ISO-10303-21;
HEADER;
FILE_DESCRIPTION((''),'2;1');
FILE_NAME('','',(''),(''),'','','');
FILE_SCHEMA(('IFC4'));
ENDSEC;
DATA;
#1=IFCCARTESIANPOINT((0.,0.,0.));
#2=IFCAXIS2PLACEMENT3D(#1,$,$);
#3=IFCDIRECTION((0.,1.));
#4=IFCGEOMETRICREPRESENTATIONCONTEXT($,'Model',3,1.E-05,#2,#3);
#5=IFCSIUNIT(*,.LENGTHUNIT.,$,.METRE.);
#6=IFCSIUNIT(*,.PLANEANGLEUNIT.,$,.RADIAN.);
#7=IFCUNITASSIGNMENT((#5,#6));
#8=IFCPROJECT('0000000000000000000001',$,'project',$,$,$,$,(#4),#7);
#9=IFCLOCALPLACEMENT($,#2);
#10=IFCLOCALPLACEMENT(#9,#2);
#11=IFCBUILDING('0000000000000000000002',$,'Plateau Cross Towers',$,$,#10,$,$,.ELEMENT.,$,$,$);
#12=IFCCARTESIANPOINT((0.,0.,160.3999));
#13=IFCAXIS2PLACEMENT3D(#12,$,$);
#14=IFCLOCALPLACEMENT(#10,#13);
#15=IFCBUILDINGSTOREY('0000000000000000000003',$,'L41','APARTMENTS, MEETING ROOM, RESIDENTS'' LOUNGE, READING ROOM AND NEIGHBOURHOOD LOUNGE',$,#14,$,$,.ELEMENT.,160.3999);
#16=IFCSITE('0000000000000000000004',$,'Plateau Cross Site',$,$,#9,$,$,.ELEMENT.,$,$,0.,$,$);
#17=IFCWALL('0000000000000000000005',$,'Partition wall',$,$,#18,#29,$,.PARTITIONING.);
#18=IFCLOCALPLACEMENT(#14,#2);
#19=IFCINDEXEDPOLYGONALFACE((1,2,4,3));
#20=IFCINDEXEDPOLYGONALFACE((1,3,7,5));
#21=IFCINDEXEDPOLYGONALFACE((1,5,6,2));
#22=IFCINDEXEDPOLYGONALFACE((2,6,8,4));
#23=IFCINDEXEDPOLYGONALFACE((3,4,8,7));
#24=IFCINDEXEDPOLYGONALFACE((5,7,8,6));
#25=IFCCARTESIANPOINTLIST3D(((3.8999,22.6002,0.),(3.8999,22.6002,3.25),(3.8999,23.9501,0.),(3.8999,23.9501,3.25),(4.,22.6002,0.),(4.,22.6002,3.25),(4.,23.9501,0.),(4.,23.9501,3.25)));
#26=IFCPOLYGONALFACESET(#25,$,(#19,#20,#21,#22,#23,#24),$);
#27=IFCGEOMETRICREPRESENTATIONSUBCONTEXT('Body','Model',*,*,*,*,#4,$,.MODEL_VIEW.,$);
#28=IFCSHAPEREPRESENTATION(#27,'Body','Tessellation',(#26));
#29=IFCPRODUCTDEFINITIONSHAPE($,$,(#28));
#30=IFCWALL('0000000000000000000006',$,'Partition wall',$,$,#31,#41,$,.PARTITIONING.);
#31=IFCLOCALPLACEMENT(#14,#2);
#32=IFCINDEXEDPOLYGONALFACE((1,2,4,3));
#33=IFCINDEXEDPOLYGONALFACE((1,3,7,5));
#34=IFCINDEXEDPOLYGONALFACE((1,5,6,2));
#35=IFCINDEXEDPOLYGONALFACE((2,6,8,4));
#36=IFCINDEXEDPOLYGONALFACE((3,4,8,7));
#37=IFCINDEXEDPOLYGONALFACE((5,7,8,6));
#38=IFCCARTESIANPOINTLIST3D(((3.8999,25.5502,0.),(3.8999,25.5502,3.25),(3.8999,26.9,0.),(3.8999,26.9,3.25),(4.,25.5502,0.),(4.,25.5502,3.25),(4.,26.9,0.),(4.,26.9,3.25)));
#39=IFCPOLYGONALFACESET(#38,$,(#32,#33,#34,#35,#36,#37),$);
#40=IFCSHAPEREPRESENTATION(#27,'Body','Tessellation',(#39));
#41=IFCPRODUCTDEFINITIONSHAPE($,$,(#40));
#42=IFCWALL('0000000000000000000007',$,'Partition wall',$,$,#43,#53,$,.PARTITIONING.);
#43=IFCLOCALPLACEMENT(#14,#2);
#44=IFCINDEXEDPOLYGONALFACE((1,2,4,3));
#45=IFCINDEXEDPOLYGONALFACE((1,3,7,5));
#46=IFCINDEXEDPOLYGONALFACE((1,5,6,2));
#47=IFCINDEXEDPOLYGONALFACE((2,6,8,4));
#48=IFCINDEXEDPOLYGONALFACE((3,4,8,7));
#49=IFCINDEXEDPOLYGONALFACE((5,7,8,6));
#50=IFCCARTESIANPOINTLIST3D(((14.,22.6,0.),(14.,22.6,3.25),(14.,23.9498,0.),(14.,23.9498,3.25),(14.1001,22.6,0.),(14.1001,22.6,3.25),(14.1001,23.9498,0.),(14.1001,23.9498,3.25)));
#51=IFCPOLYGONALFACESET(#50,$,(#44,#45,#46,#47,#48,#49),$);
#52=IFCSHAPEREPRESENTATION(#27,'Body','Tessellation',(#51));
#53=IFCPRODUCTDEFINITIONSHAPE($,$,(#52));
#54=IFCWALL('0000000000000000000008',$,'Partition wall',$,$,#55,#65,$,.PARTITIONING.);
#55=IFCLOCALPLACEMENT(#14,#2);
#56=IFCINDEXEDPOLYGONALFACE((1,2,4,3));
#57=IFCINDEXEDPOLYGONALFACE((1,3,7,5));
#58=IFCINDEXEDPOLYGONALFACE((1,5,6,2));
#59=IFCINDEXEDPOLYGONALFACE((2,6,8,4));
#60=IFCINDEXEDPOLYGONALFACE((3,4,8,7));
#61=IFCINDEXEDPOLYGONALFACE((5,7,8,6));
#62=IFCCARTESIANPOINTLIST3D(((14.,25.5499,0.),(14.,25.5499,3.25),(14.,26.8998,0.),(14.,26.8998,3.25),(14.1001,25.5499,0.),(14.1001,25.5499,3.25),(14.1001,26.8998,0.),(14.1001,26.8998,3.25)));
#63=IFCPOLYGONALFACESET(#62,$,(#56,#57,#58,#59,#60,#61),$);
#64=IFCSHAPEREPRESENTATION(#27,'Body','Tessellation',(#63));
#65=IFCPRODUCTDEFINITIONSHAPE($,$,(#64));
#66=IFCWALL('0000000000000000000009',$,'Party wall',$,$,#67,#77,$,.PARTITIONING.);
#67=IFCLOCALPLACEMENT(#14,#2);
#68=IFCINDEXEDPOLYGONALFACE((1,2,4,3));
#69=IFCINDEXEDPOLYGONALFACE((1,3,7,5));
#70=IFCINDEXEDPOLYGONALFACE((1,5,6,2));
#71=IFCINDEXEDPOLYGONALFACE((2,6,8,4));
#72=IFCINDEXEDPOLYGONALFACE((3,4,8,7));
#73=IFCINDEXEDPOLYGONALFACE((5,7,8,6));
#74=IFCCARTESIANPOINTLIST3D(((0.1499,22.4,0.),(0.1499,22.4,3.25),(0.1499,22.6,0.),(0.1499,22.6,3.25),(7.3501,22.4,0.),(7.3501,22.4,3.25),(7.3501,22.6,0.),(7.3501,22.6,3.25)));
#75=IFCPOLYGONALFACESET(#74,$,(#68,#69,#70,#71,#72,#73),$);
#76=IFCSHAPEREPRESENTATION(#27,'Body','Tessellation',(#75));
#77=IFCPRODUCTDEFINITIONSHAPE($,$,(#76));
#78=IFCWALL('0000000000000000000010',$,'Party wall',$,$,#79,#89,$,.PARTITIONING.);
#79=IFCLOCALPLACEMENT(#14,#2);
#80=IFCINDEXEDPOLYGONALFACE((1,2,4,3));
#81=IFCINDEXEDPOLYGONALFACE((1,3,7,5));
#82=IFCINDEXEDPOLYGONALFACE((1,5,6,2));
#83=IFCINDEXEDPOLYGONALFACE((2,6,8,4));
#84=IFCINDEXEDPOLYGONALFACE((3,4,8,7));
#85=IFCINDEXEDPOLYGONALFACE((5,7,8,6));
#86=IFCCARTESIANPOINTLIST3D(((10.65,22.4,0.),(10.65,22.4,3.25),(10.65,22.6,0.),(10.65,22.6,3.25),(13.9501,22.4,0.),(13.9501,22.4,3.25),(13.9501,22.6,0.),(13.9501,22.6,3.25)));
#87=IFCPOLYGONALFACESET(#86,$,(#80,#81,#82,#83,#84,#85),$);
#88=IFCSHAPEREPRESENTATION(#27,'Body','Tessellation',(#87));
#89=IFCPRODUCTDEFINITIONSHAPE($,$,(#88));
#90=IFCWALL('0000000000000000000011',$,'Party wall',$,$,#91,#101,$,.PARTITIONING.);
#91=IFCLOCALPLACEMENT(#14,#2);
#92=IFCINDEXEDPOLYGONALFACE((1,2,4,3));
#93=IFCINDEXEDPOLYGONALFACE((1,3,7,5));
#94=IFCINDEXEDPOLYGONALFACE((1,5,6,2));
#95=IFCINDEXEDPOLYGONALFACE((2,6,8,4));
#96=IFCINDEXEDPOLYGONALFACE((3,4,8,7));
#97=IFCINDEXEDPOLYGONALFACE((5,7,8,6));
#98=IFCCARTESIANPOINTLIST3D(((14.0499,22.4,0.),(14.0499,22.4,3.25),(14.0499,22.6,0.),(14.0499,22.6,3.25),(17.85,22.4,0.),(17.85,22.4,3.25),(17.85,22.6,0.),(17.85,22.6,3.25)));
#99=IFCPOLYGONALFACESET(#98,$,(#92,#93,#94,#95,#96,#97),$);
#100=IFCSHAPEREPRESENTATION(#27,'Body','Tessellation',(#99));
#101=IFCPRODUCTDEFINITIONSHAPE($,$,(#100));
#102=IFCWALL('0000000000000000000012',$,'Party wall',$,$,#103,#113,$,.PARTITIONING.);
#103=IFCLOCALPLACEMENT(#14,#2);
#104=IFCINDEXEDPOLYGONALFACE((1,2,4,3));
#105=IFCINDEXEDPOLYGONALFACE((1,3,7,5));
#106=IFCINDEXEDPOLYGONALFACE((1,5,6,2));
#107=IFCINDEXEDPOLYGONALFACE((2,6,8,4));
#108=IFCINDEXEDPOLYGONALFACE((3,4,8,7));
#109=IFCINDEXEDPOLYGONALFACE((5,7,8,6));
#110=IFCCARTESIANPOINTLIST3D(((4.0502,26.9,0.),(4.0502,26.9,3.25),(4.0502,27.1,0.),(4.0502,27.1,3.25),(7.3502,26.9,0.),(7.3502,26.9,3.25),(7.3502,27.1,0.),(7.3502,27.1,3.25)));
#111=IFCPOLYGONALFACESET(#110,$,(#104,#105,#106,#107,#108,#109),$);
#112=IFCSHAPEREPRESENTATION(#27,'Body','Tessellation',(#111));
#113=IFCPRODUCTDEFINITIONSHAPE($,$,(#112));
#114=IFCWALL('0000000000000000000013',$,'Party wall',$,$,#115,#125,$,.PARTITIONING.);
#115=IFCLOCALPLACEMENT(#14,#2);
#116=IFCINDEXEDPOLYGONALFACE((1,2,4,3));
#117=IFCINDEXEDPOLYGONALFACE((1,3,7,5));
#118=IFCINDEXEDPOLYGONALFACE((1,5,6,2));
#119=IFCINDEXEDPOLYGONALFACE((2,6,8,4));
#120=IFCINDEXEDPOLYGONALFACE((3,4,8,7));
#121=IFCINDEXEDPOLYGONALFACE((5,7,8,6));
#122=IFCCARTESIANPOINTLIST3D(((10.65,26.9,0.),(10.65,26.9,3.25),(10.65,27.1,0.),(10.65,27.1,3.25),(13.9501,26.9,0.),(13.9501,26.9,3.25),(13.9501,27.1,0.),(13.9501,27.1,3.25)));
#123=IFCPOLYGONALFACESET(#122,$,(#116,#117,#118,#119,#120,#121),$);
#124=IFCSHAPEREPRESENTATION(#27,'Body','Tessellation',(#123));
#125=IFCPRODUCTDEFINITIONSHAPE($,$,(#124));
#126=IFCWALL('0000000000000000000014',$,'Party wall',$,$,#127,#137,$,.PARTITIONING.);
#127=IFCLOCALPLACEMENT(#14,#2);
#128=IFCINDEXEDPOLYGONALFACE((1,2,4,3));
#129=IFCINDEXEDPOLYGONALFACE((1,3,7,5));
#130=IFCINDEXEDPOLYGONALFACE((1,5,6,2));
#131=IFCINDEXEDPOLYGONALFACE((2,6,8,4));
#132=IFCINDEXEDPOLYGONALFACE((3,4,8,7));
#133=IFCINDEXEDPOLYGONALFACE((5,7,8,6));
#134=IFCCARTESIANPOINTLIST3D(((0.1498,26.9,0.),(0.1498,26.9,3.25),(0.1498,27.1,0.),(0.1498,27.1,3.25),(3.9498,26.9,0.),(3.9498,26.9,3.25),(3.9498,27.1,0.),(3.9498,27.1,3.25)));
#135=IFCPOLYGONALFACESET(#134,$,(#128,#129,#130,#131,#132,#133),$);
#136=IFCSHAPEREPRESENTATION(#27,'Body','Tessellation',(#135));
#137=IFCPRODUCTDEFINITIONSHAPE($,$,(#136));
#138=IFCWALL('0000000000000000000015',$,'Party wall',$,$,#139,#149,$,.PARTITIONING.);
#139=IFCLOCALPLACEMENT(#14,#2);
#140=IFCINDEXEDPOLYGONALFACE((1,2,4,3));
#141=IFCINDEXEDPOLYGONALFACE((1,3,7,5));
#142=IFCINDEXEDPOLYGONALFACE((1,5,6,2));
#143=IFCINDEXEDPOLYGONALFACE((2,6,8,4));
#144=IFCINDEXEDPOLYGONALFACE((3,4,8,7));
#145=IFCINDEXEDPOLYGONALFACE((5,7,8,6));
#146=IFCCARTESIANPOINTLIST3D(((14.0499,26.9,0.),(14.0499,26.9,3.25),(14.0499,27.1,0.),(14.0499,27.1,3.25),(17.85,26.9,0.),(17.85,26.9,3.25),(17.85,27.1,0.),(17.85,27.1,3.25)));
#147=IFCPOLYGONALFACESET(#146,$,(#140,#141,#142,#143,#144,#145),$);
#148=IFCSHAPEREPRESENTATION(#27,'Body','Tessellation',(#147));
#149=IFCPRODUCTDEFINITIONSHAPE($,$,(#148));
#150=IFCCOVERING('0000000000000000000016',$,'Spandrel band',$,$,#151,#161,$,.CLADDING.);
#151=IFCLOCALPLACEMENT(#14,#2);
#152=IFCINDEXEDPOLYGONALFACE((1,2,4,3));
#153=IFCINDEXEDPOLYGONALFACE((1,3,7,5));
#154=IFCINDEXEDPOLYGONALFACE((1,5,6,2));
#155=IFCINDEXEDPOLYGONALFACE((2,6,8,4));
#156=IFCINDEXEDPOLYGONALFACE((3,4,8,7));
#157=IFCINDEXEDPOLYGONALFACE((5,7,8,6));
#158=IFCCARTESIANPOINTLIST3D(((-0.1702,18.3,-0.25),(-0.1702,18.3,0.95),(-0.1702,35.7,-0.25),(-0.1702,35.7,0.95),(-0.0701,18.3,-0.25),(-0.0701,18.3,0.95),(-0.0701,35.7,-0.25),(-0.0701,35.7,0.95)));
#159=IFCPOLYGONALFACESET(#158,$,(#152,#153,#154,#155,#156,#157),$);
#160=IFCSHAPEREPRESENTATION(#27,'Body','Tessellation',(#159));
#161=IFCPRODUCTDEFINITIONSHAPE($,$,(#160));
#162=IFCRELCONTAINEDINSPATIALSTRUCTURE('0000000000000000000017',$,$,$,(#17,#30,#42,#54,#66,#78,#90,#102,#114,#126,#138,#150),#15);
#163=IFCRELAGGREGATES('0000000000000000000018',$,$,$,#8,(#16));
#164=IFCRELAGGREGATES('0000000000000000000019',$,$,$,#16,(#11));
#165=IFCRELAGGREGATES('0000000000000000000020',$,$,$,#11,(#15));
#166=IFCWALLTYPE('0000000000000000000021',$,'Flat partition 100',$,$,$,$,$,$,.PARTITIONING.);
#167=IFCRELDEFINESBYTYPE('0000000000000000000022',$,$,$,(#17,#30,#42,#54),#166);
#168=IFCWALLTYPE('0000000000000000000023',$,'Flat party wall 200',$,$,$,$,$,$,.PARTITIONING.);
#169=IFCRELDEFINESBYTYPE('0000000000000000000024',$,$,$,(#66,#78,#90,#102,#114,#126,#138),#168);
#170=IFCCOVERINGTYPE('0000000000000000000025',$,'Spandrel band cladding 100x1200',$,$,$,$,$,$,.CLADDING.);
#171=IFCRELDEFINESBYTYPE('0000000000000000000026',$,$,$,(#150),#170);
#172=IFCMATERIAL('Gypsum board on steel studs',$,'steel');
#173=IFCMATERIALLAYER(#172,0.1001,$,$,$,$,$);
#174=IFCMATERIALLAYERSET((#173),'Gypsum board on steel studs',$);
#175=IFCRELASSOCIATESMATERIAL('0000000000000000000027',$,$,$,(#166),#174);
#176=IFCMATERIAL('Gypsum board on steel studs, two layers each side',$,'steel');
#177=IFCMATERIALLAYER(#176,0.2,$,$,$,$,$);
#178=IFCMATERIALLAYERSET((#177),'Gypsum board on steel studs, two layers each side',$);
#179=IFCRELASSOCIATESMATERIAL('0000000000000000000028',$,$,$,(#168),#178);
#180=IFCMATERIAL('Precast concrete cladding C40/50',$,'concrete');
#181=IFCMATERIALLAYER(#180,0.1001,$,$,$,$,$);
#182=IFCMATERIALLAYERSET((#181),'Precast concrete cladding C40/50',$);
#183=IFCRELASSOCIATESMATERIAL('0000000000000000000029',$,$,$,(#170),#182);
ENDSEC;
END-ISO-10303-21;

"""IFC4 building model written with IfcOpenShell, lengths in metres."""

from ifc_helpers import new_model, si_unit, direction, frame, frame_2d, origin, origin_2d, place, context, subcontext, project, spatial, rectangle, extrude, material, layer, layer_set, type_object, element, save


model = new_model("IFC4")

# Units and contexts
model_context = context("Model", 3, precision=1e-05, world=origin(), true_north=direction((0.0, 1.0)))
body_context = subcontext(model_context, "Body", "Model", "MODEL_VIEW")
ifc_project = project(units=[si_unit("LENGTHUNIT", "METRE"), si_unit("PLANEANGLEUNIT", "RADIAN")], contexts=[model_context])

# Site, building, storey
site_placement = place(None, origin())
site = spatial("IfcSite", under=ifc_project, at=site_placement, Name="Plateau Cross Site", CompositionType="ELEMENT", RefElevation=0.0)
building_placement = place(site_placement, origin())
building = spatial("IfcBuilding", under=site, at=building_placement, Name="Plateau Cross Towers", CompositionType="ELEMENT")
storey_placement = place(building_placement, frame((0.0, 0.0, 160.3999)))
storey = spatial("IfcBuildingStorey", under=building, at=storey_placement, Name="L41", Description="APARTMENTS, MEETING ROOM, RESIDENTS' LOUNGE, READING ROOM AND NEIGHBOURHOOD LOUNGE", CompositionType="ELEMENT", Elevation=160.3999)

# Shared definitions
ifc_material_1 = material(Name="Gypsum board on steel studs", Category="steel")
ifc_layer_1 = layer(ifc_material_1, 0.1001)
ifc_layer_set_1 = layer_set([ifc_layer_1], Name="Gypsum board on steel studs")
wall_type_1 = type_object("IfcWallType", Name="Flat partition 100", PredefinedType="PARTITIONING", material=ifc_layer_set_1)

# Walls
for number, where, z_axis, x_axis, name in (
    (1, (3.95, 23.95, 0.0), (0.0, 0.0, 1.0), (0.0, -1.0, 0.0), "Partition wall"),
    (2, (3.95, 26.8999, 0.0), (0.0, 0.0, 1.0), (0.0, -1.0, 0.0), "Partition wall"),
    (3, (14.05, 22.6001, 0.0), (0.0, 0.0, 1.0), (0.0, 1.0, 0.0), "Partition wall"),
    (4, (14.05, 25.55, 0.0), (0.0, 0.0, 1.0), (0.0, 1.0, 0.0), "Partition wall"),
):
    element("IfcWall", number, at=place(storey_placement, frame(where, z_axis=z_axis, x_axis=x_axis)), inside=storey, type_object=wall_type_1, Name=name, PredefinedType="PARTITIONING", context=body_context, shape_type="SweptSolid", body=[
        extrude(rectangle(XDim=1.3499, YDim=0.1001, at=frame_2d((0.6748, 0.0))), origin(), (0.0, 0.0, 1.0), 3.25),
    ])
ifc_material_2 = material(Name="Gypsum board on steel studs, two layers each side", Category="steel")
ifc_layer_2 = layer(ifc_material_2, 0.2)
ifc_layer_set_2 = layer_set([ifc_layer_2], Name="Gypsum board on steel studs, two layers each side")
wall_type_2 = type_object("IfcWallType", Name="Flat party wall 200", PredefinedType="PARTITIONING", material=ifc_layer_set_2)
wall_1_placement = place(storey_placement, frame((7.3501, 22.5, 0.0), z_axis=(0.0, 0.0, 1.0), x_axis=(-1.0, 0.0, 0.0)))
element("IfcWall", 5, at=wall_1_placement, inside=storey, type_object=wall_type_2, Name="Party wall", PredefinedType="PARTITIONING", context=body_context, shape_type="SweptSolid", body=[
    extrude(rectangle(XDim=7.2002, YDim=0.2, at=frame_2d((3.6001, 0.0))), origin(), (0.0, 0.0, 1.0), 3.25),
])
wall_2_placement = place(storey_placement, frame((13.95, 22.5, 0.0), z_axis=(0.0, 0.0, 1.0), x_axis=(-1.0, 0.0, 0.0)))
element("IfcWall", 6, at=wall_2_placement, inside=storey, type_object=wall_type_2, Name="Party wall", PredefinedType="PARTITIONING", context=body_context, shape_type="SweptSolid", body=[
    extrude(rectangle(XDim=3.3, YDim=0.2, at=frame_2d((1.6499, 0.0))), origin(), (0.0, 0.0, 1.0), 3.25),
])
wall_3_placement = place(storey_placement, frame((14.05, 22.5, 0.0), z_axis=(0.0, 0.0, 1.0), x_axis=(1.0, 0.0, 0.0)))
element("IfcWall", 7, at=wall_3_placement, inside=storey, type_object=wall_type_2, Name="Party wall", PredefinedType="PARTITIONING", context=body_context, shape_type="SweptSolid", body=[
    extrude(rectangle(XDim=3.8, YDim=0.2, at=frame_2d((1.8999, 0.0))), origin(), (0.0, 0.0, 1.0), 3.25),
])
for number, where, z_axis, x_axis, name in (
    (8, (7.3501, 27.0, 0.0), (0.0, 0.0, 1.0), (-1.0, 0.0, 0.0), "Party wall"),
    (9, (13.95, 27.0, 0.0), (0.0, 0.0, 1.0), (-1.0, 0.0, 0.0), "Party wall"),
):
    element("IfcWall", number, at=place(storey_placement, frame(where, z_axis=z_axis, x_axis=x_axis)), inside=storey, type_object=wall_type_2, Name=name, PredefinedType="PARTITIONING", context=body_context, shape_type="SweptSolid", body=[
        extrude(rectangle(XDim=3.3, YDim=0.2, at=frame_2d((1.6499, 0.0))), origin(), (0.0, 0.0, 1.0), 3.25),
    ])
for number, where, z_axis, x_axis, name in (
    (10, (0.1499, 27.0, 0.0), (0.0, 0.0, 1.0), (1.0, 0.0, 0.0), "Party wall"),
    (11, (14.05, 27.0, 0.0), (0.0, 0.0, 1.0), (1.0, 0.0, 0.0), "Party wall"),
):
    element("IfcWall", number, at=place(storey_placement, frame(where, z_axis=z_axis, x_axis=x_axis)), inside=storey, type_object=wall_type_2, Name=name, PredefinedType="PARTITIONING", context=body_context, shape_type="SweptSolid", body=[
        extrude(rectangle(XDim=3.8, YDim=0.2, at=frame_2d((1.8999, 0.0))), origin(), (0.0, 0.0, 1.0), 3.25),
    ])

# Covering
ifc_material_3 = material(Name="Precast concrete cladding C40/50", Category="concrete")
ifc_layer_3 = layer(ifc_material_3, 0.1001)
ifc_layer_set_3 = layer_set([ifc_layer_3], Name="Precast concrete cladding C40/50")
covering_type = type_object("IfcCoveringType", Name="Spandrel band cladding 100x1200", PredefinedType="CLADDING", material=ifc_layer_set_3)
covering_placement = place(storey_placement, frame((-0.1201, 27.0, -0.25), z_axis=(0.0, 0.0, 1.0), x_axis=(0.0, -1.0, 0.0)))
element("IfcCovering", 12, at=covering_placement, inside=storey, type_object=covering_type, Name="Spandrel band", PredefinedType="CLADDING", context=body_context, shape_type="SweptSolid", body=[
    extrude(rectangle(XDim=17.3999, YDim=0.1001, at=origin_2d()), origin(), (0.0, 0.0, 1.0), 1.2),
])

save(model, "model.ifc")
